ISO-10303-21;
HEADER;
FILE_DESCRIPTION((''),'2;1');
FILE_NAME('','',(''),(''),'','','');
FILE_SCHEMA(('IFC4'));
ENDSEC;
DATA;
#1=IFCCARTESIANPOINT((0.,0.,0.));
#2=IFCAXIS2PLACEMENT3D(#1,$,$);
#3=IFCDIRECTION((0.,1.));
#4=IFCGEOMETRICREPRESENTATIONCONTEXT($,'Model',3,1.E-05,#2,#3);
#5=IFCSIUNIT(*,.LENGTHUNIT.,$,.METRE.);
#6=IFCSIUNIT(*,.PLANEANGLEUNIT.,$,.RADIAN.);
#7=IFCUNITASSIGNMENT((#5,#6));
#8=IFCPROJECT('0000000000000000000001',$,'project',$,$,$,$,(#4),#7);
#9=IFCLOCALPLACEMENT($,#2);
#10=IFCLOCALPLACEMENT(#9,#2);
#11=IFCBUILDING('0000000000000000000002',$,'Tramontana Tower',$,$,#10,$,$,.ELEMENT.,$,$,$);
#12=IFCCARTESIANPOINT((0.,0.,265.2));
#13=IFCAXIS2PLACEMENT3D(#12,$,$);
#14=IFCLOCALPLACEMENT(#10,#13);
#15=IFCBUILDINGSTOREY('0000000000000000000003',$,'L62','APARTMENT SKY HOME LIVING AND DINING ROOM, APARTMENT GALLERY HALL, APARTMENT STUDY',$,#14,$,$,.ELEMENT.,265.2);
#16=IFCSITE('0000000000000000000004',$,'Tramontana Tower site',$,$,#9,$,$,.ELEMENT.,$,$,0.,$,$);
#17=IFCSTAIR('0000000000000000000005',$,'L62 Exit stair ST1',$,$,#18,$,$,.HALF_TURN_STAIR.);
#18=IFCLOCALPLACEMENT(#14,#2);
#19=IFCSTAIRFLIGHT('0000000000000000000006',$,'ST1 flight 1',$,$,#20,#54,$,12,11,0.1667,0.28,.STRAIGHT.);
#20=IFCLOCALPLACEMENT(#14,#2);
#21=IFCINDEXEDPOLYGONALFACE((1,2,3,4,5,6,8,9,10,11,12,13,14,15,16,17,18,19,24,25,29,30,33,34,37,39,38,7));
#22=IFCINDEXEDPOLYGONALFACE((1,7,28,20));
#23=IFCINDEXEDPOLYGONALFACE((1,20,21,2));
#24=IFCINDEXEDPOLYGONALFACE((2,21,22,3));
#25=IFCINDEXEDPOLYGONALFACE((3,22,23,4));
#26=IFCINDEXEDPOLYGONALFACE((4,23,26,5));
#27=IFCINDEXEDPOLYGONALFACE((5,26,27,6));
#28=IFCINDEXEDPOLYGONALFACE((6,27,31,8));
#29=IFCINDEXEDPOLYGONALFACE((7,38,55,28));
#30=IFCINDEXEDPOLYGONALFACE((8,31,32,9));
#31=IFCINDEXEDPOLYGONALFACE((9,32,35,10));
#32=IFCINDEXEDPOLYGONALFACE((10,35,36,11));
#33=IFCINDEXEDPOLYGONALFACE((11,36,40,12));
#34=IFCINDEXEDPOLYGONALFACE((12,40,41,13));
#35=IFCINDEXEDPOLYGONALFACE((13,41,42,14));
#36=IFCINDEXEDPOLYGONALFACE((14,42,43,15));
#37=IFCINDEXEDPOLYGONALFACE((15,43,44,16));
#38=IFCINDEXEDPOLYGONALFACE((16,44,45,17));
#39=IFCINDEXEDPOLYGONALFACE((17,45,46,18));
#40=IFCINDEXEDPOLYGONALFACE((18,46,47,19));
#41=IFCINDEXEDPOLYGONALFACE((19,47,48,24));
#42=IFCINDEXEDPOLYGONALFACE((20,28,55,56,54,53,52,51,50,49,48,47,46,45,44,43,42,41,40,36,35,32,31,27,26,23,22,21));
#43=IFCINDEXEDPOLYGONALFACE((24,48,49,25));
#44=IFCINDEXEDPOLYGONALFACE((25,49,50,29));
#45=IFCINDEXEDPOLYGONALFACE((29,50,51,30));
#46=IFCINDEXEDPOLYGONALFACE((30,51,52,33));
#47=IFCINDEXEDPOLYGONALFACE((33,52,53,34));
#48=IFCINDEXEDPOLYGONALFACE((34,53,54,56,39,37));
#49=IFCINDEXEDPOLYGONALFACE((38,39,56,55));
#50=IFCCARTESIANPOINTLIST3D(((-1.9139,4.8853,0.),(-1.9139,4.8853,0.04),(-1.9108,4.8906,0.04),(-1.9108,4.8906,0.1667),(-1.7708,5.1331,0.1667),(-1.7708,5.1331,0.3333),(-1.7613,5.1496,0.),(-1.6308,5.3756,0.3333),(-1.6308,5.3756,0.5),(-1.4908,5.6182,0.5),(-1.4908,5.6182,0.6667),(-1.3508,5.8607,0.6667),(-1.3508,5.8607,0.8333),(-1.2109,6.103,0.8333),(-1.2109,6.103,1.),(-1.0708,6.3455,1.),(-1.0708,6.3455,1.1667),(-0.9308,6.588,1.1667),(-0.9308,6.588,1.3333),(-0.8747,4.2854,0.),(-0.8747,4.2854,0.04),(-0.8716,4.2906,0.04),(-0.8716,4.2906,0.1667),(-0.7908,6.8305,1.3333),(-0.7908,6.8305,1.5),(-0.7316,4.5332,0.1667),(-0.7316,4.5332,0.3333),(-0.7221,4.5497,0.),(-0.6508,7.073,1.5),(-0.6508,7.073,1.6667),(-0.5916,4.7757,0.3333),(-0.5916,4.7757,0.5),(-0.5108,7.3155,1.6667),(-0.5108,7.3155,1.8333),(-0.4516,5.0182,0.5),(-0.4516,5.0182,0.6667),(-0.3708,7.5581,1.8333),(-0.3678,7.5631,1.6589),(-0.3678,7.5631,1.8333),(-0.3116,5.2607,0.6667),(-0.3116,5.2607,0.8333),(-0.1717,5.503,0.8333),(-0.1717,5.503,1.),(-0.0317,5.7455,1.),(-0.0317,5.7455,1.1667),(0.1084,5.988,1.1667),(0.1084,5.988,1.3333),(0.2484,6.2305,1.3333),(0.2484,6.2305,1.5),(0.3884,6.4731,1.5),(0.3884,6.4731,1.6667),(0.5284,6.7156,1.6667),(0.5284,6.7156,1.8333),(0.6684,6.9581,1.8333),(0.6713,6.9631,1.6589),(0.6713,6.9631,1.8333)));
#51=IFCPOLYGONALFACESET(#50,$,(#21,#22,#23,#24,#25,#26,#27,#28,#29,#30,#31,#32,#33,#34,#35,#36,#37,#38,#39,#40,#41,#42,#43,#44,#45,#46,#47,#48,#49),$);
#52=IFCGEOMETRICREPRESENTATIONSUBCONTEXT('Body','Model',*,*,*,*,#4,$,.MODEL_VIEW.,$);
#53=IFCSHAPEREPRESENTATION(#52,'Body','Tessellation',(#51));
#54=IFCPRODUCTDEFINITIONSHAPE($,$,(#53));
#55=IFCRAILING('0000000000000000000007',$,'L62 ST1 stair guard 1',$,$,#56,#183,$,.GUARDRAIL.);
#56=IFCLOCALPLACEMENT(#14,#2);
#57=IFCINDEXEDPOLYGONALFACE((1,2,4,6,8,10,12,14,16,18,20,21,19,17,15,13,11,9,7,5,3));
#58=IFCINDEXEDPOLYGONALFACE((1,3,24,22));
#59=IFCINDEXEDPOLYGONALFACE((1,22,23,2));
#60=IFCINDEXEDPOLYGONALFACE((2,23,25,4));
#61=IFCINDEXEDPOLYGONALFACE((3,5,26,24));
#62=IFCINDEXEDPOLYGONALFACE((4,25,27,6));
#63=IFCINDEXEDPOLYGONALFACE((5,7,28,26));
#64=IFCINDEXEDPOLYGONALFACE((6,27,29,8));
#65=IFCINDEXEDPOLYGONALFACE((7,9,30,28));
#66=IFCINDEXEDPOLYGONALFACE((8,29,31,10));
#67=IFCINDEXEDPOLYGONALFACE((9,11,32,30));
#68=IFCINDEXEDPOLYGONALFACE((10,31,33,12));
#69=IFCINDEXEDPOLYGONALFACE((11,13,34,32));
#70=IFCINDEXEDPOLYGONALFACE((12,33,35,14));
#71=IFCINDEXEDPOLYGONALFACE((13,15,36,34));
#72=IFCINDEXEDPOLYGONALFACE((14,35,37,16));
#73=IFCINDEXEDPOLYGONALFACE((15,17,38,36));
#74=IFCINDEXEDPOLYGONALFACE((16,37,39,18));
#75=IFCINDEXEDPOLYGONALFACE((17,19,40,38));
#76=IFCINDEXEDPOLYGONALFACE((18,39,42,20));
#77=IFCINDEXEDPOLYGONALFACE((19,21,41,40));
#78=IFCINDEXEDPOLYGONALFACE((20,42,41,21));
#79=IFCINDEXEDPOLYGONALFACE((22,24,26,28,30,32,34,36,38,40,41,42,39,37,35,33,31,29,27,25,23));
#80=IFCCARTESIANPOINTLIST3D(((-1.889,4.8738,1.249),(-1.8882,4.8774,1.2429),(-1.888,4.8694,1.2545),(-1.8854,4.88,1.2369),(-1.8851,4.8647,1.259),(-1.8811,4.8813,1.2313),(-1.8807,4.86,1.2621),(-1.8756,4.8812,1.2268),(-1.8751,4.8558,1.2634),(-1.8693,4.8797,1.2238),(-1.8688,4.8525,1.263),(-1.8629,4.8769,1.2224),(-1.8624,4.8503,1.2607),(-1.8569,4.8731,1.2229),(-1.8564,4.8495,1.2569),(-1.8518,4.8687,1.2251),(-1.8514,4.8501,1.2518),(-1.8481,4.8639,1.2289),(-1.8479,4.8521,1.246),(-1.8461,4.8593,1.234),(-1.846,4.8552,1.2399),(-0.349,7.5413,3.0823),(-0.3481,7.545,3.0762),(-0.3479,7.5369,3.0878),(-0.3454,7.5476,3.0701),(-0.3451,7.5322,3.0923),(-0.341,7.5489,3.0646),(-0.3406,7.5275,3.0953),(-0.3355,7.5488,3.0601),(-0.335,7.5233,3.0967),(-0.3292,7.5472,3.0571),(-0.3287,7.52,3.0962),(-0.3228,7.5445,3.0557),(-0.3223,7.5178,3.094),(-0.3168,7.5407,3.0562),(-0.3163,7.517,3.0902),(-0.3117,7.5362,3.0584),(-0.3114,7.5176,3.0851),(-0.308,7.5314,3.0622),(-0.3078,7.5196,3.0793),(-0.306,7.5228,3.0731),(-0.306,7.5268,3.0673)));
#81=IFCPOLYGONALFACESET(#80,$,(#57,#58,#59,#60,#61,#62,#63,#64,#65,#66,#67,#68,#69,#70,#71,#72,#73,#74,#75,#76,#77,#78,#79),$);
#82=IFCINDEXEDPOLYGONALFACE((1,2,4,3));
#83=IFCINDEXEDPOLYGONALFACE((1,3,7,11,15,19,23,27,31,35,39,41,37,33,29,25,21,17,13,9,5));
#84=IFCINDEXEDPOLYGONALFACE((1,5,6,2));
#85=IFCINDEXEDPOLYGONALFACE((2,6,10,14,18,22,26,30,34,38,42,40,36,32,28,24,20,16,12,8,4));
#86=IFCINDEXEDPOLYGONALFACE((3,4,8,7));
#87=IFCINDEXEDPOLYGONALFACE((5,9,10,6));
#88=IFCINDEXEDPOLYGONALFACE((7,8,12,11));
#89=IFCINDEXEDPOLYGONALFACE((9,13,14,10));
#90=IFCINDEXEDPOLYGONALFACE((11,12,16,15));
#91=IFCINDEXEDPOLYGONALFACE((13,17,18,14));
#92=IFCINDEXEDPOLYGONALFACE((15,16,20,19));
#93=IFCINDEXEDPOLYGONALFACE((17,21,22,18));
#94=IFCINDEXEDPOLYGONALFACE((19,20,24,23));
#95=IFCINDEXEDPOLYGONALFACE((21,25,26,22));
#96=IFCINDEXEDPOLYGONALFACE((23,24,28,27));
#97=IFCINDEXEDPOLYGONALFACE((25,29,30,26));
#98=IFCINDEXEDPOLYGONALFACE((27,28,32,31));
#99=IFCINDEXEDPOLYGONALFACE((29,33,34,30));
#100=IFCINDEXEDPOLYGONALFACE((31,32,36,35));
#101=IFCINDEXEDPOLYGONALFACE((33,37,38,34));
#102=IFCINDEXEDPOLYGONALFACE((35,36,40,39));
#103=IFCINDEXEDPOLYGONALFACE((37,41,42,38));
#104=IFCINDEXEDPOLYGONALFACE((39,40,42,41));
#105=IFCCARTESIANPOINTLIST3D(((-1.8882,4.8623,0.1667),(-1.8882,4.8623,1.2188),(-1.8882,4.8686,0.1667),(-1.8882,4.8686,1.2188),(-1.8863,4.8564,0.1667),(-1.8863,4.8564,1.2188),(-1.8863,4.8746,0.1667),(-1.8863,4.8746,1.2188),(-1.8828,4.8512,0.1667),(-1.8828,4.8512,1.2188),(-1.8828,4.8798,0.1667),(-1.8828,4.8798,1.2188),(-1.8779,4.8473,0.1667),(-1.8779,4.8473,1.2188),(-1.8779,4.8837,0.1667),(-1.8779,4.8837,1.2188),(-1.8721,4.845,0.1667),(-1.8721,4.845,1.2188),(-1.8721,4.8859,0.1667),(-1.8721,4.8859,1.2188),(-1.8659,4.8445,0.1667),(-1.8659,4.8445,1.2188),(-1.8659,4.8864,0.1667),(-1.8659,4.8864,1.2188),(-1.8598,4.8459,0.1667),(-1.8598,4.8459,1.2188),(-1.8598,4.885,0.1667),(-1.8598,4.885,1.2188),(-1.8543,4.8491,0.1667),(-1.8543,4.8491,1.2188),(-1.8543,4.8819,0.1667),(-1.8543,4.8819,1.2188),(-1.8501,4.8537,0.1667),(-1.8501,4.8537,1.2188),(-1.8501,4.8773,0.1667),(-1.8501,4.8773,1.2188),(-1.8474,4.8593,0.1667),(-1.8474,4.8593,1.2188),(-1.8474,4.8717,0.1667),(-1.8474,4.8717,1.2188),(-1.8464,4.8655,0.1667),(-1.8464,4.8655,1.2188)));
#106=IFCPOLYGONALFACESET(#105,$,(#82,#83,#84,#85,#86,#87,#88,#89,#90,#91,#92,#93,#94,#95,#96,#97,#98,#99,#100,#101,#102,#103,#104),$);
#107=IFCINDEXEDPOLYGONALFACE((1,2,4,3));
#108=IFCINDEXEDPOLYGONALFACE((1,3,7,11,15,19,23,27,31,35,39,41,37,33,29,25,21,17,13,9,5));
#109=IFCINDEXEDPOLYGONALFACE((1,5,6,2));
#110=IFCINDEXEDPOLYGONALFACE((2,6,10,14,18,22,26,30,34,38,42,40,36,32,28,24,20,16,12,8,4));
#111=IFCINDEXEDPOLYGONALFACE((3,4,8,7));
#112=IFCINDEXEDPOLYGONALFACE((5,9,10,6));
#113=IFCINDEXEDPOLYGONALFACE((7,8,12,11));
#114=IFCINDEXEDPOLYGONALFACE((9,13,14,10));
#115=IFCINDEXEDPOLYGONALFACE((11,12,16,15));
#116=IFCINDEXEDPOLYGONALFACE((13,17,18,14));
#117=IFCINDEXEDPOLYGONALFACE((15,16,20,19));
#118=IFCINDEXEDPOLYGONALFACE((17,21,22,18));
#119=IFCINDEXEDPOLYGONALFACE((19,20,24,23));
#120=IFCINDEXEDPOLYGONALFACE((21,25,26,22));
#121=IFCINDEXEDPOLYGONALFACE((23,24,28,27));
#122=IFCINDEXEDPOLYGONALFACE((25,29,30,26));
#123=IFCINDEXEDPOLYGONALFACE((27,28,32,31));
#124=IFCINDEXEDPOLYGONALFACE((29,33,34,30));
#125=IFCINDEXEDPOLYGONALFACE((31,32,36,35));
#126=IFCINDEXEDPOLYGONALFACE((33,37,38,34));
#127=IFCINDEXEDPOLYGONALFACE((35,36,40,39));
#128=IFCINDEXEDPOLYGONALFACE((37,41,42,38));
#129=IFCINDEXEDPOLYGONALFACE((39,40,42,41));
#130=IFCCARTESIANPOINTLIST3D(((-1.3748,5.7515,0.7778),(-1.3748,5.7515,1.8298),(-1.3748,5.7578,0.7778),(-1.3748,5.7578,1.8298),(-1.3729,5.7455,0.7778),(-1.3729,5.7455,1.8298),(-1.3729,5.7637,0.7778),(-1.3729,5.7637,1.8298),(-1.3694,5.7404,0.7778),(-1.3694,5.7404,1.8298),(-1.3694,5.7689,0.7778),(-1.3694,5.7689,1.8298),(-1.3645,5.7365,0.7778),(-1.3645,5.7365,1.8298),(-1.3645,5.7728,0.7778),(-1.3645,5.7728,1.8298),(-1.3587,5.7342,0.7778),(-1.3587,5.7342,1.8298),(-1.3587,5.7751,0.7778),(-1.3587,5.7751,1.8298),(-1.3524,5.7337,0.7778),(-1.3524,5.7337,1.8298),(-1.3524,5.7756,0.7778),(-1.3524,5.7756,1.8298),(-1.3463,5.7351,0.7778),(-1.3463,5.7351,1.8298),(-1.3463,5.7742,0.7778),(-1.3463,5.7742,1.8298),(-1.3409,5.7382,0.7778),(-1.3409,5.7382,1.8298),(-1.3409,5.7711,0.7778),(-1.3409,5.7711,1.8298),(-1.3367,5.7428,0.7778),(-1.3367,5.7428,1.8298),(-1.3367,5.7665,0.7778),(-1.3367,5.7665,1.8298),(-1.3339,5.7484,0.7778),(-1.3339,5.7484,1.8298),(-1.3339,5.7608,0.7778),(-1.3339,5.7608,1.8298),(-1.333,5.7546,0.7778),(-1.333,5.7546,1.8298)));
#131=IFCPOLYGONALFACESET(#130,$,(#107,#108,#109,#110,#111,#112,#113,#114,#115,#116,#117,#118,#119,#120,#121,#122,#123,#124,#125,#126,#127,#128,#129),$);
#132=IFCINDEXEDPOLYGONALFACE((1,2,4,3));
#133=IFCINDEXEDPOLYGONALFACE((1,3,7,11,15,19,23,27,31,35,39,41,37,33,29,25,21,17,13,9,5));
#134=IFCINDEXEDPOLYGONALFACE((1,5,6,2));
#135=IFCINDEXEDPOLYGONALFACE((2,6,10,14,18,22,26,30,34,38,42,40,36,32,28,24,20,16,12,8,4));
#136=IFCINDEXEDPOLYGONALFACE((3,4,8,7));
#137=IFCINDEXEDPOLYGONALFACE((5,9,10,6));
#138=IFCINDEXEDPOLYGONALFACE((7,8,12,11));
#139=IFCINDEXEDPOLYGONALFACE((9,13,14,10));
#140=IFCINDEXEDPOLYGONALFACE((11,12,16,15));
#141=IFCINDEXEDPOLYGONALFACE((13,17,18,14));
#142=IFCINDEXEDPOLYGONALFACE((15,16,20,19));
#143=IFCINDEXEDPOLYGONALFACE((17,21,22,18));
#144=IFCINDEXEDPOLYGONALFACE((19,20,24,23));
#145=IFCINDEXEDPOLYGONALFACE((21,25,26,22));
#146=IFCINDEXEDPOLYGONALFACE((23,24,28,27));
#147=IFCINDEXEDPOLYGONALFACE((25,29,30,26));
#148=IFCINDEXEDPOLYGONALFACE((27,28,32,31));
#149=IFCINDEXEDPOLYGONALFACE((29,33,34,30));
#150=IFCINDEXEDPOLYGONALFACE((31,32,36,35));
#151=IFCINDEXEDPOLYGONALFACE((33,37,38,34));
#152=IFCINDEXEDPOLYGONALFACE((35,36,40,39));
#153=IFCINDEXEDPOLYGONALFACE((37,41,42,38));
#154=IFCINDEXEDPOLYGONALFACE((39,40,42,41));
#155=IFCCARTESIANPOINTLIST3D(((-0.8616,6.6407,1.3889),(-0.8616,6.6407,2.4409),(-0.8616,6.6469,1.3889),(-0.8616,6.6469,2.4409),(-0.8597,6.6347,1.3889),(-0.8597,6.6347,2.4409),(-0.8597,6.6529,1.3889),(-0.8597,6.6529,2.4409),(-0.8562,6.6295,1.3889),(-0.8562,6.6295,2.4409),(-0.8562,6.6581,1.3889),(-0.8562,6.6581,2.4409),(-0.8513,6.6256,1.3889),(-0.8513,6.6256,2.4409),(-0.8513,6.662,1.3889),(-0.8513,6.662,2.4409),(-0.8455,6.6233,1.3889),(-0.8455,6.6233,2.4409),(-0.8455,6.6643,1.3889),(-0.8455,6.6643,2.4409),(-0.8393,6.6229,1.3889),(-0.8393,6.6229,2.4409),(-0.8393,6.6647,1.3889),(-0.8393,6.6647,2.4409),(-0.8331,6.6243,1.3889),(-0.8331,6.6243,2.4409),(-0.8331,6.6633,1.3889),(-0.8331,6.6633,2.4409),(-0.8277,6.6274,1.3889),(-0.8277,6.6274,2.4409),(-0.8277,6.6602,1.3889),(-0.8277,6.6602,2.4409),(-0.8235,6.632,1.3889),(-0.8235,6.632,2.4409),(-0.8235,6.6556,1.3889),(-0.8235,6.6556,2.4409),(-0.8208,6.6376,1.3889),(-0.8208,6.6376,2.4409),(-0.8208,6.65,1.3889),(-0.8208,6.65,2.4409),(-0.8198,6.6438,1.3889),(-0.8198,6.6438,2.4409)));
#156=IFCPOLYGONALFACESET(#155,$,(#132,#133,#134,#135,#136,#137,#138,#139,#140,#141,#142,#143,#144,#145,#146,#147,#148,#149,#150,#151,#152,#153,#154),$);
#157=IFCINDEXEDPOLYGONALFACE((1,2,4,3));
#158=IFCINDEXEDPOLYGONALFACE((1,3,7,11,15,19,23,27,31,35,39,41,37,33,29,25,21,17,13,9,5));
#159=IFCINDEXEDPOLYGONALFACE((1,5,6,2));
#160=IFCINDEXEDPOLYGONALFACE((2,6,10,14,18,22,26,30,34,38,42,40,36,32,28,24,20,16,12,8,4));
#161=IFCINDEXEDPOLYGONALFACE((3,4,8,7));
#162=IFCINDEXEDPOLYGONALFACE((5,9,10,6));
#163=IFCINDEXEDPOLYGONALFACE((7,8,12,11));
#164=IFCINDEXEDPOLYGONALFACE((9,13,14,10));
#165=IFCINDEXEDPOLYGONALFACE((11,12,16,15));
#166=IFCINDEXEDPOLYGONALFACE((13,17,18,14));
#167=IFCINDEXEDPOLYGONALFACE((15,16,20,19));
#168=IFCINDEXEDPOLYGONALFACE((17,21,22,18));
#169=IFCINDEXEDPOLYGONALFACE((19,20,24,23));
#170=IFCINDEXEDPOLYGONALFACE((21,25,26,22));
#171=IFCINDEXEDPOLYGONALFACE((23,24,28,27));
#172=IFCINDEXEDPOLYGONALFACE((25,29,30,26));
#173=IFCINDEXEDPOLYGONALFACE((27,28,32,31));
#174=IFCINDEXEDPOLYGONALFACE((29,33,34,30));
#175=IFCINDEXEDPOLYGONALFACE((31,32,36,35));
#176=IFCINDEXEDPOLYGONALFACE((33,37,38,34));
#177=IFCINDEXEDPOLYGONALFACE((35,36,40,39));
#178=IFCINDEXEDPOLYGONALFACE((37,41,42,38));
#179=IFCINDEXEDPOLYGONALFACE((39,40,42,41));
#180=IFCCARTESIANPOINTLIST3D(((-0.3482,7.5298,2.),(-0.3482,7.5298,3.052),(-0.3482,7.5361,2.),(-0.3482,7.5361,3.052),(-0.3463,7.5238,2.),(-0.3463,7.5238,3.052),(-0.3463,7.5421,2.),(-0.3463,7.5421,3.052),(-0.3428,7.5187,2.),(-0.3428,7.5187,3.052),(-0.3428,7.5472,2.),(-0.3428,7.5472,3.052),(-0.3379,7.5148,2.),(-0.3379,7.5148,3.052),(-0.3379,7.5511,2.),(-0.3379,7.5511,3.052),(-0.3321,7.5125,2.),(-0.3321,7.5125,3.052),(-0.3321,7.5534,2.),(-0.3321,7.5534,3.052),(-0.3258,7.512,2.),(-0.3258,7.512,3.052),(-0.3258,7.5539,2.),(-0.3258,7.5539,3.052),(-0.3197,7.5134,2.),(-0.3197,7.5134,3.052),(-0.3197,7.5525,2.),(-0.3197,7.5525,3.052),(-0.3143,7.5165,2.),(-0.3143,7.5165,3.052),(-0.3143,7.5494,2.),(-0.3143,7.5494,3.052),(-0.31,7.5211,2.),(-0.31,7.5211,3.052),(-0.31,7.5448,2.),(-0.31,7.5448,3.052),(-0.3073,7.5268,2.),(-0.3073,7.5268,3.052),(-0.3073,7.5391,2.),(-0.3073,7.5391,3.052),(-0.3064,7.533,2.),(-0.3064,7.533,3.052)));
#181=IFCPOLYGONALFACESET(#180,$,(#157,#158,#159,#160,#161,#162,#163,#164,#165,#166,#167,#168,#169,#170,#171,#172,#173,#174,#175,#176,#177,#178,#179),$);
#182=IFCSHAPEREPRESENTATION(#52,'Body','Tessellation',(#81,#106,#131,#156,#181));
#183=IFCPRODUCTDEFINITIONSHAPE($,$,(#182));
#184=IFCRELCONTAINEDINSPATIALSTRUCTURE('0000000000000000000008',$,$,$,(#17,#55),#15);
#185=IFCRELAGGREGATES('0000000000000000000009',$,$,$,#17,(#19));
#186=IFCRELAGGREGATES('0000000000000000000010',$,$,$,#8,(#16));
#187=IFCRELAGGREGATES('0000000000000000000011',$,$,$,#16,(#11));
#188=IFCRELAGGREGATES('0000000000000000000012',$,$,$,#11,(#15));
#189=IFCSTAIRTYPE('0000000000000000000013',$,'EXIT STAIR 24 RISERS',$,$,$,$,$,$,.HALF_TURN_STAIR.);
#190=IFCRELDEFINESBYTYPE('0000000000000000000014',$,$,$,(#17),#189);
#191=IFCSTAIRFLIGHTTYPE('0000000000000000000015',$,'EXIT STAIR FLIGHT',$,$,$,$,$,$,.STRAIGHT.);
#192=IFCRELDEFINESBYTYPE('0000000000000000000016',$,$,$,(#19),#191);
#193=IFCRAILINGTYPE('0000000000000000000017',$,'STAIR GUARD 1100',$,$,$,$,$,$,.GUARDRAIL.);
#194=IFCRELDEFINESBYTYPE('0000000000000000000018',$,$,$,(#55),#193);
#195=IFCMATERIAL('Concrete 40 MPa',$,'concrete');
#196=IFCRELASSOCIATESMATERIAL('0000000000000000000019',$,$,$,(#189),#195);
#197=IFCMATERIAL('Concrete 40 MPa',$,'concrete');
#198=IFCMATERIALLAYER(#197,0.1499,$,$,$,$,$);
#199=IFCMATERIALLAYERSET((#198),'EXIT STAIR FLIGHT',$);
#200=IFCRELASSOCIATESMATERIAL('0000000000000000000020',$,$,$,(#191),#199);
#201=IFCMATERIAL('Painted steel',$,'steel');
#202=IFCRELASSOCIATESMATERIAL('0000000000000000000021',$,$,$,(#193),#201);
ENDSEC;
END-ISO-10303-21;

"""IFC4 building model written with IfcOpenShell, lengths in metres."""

from ifc_helpers import new_model, si_unit, direction, frame, origin, origin_2d, place, context, subcontext, project, spatial, polyline, circle, outline, extrude, material, layer, layer_set, type_object, element, aggregate, save


model = new_model("IFC4")

# Units and contexts
model_context = context("Model", 3, precision=1e-05, world=origin(), true_north=direction((0.0, 1.0)))
body_context = subcontext(model_context, "Body", "Model", "MODEL_VIEW")
ifc_project = project(units=[si_unit("LENGTHUNIT", "METRE"), si_unit("PLANEANGLEUNIT", "RADIAN")], contexts=[model_context])

# Site, building, storey
site_placement = place(None, origin())
site = spatial("IfcSite", under=ifc_project, at=site_placement, Name="Tramontana Tower site", CompositionType="ELEMENT", RefElevation=0.0)
building_placement = place(site_placement, origin())
building = spatial("IfcBuilding", under=site, at=building_placement, Name="Tramontana Tower", CompositionType="ELEMENT")
storey_placement = place(building_placement, frame((0.0, 0.0, 265.2)))
storey = spatial("IfcBuildingStorey", under=building, at=storey_placement, Name="L62", Description="APARTMENT SKY HOME LIVING AND DINING ROOM, APARTMENT GALLERY HALL, APARTMENT STUDY", CompositionType="ELEMENT", Elevation=265.2)

# Stair, stair flight
ifc_material_1 = material(Name="Concrete 40 MPa", Category="concrete")
stair_type = type_object("IfcStairType", Name="EXIT STAIR 24 RISERS", PredefinedType="HALF_TURN_STAIR", material=ifc_material_1)
stair_placement = place(storey_placement, origin())
stair = element("IfcStair", 1, at=stair_placement, inside=storey, type_object=stair_type, Name="L62 Exit stair ST1", PredefinedType="HALF_TURN_STAIR")
ifc_material_2 = material(Name="Concrete 40 MPa", Category="concrete")
ifc_layer_1 = layer(ifc_material_2, 0.1499)
ifc_layer_set_1 = layer_set([ifc_layer_1], Name="EXIT STAIR FLIGHT")
stair_flight_type = type_object("IfcStairFlightType", Name="EXIT STAIR FLIGHT", PredefinedType="STRAIGHT", material=ifc_layer_set_1)
stair_flight_placement = place(storey_placement, frame((-1.3911, 4.5906, 0.0), z_axis=(0.0, 0.0, 1.0), x_axis=(0.5, 0.866025, 0.0)))
stair_flight = element("IfcStairFlight", 2, at=stair_flight_placement, type_object=stair_flight_type, Name="ST1 flight 1", NumberOfRisers=12, NumberOfTreads=11, PredefinedType="STRAIGHT", RiserHeight=0.1667, TreadLength=0.28, context=body_context, shape_type="SweptSolid", body=[
    extrude(outline(polyline([(-0.0061, 0.0), (-0.0061, 0.04), (0.0, 0.04), (0.0, 0.1667), (0.28, 0.1667), (0.28, 0.3333), (0.5601, 0.3333), (0.5601, 0.5), (0.8401, 0.5), (0.8401, 0.6667), (1.1201, 0.6667), (1.1201, 0.8333), (1.3999, 0.8333), (1.3999, 1.0), (1.6799, 1.0), (1.6799, 1.1667), (1.96, 1.1667), (1.96, 1.3333), (2.24, 1.3333), (2.24, 1.5), (2.52, 1.5), (2.52, 1.6667), (2.8, 1.6667), (2.8, 1.8333), (3.0801, 1.8333), (3.0859, 1.8333), (3.0859, 1.6589), (0.2991, 0.0), (-0.0061, 0.0)])), frame((0.0, 0.6001, 0.0), z_axis=(0.0, -1.0, 0.0), x_axis=(1.0, 0.0, 0.0)), (0.0, 0.0, 1.0), 1.2),
])
aggregate(stair, [stair_flight])

# Railing
ifc_material_3 = material(Name="Painted steel", Category="steel")
railing_type_1 = type_object("IfcRailingType", Name="STAIR GUARD 1100", PredefinedType="GUARDRAIL", material=ifc_material_3)
railing_1_placement = place(storey_placement, frame((-1.8674, 4.8655, 0.1667)))
element("IfcRailing", 3, at=railing_1_placement, inside=storey, type_object=railing_type_1, Name="L62 ST1 stair guard 1", PredefinedType="GUARDRAIL", context=body_context, shape_type="SweptSolid", body=[
    extrude(circle(Radius=0.0239, at=origin_2d()), frame((0.0, 0.0, 1.0762), z_axis=(0.429649, 0.74419, 0.511452), x_axis=(-0.86603, 0.499992, 0.0)), (0.0, 0.0, 1.0), 3.5845),
    extrude(circle(Radius=0.021, at=origin_2d()), origin(), (0.0, 0.0, 1.0), 1.052),
    extrude(circle(Radius=0.021, at=origin_2d()), frame((0.5134, 0.8892, 0.6111)), (0.0, 0.0, 1.0), 1.052),
    extrude(circle(Radius=0.021, at=origin_2d()), frame((1.0266, 1.7783, 1.2222)), (0.0, 0.0, 1.0), 1.052),
    extrude(circle(Radius=0.021, at=origin_2d()), frame((1.54, 2.6675, 1.8333)), (0.0, 0.0, 1.0), 1.052),
])

save(model, "model.ifc")
